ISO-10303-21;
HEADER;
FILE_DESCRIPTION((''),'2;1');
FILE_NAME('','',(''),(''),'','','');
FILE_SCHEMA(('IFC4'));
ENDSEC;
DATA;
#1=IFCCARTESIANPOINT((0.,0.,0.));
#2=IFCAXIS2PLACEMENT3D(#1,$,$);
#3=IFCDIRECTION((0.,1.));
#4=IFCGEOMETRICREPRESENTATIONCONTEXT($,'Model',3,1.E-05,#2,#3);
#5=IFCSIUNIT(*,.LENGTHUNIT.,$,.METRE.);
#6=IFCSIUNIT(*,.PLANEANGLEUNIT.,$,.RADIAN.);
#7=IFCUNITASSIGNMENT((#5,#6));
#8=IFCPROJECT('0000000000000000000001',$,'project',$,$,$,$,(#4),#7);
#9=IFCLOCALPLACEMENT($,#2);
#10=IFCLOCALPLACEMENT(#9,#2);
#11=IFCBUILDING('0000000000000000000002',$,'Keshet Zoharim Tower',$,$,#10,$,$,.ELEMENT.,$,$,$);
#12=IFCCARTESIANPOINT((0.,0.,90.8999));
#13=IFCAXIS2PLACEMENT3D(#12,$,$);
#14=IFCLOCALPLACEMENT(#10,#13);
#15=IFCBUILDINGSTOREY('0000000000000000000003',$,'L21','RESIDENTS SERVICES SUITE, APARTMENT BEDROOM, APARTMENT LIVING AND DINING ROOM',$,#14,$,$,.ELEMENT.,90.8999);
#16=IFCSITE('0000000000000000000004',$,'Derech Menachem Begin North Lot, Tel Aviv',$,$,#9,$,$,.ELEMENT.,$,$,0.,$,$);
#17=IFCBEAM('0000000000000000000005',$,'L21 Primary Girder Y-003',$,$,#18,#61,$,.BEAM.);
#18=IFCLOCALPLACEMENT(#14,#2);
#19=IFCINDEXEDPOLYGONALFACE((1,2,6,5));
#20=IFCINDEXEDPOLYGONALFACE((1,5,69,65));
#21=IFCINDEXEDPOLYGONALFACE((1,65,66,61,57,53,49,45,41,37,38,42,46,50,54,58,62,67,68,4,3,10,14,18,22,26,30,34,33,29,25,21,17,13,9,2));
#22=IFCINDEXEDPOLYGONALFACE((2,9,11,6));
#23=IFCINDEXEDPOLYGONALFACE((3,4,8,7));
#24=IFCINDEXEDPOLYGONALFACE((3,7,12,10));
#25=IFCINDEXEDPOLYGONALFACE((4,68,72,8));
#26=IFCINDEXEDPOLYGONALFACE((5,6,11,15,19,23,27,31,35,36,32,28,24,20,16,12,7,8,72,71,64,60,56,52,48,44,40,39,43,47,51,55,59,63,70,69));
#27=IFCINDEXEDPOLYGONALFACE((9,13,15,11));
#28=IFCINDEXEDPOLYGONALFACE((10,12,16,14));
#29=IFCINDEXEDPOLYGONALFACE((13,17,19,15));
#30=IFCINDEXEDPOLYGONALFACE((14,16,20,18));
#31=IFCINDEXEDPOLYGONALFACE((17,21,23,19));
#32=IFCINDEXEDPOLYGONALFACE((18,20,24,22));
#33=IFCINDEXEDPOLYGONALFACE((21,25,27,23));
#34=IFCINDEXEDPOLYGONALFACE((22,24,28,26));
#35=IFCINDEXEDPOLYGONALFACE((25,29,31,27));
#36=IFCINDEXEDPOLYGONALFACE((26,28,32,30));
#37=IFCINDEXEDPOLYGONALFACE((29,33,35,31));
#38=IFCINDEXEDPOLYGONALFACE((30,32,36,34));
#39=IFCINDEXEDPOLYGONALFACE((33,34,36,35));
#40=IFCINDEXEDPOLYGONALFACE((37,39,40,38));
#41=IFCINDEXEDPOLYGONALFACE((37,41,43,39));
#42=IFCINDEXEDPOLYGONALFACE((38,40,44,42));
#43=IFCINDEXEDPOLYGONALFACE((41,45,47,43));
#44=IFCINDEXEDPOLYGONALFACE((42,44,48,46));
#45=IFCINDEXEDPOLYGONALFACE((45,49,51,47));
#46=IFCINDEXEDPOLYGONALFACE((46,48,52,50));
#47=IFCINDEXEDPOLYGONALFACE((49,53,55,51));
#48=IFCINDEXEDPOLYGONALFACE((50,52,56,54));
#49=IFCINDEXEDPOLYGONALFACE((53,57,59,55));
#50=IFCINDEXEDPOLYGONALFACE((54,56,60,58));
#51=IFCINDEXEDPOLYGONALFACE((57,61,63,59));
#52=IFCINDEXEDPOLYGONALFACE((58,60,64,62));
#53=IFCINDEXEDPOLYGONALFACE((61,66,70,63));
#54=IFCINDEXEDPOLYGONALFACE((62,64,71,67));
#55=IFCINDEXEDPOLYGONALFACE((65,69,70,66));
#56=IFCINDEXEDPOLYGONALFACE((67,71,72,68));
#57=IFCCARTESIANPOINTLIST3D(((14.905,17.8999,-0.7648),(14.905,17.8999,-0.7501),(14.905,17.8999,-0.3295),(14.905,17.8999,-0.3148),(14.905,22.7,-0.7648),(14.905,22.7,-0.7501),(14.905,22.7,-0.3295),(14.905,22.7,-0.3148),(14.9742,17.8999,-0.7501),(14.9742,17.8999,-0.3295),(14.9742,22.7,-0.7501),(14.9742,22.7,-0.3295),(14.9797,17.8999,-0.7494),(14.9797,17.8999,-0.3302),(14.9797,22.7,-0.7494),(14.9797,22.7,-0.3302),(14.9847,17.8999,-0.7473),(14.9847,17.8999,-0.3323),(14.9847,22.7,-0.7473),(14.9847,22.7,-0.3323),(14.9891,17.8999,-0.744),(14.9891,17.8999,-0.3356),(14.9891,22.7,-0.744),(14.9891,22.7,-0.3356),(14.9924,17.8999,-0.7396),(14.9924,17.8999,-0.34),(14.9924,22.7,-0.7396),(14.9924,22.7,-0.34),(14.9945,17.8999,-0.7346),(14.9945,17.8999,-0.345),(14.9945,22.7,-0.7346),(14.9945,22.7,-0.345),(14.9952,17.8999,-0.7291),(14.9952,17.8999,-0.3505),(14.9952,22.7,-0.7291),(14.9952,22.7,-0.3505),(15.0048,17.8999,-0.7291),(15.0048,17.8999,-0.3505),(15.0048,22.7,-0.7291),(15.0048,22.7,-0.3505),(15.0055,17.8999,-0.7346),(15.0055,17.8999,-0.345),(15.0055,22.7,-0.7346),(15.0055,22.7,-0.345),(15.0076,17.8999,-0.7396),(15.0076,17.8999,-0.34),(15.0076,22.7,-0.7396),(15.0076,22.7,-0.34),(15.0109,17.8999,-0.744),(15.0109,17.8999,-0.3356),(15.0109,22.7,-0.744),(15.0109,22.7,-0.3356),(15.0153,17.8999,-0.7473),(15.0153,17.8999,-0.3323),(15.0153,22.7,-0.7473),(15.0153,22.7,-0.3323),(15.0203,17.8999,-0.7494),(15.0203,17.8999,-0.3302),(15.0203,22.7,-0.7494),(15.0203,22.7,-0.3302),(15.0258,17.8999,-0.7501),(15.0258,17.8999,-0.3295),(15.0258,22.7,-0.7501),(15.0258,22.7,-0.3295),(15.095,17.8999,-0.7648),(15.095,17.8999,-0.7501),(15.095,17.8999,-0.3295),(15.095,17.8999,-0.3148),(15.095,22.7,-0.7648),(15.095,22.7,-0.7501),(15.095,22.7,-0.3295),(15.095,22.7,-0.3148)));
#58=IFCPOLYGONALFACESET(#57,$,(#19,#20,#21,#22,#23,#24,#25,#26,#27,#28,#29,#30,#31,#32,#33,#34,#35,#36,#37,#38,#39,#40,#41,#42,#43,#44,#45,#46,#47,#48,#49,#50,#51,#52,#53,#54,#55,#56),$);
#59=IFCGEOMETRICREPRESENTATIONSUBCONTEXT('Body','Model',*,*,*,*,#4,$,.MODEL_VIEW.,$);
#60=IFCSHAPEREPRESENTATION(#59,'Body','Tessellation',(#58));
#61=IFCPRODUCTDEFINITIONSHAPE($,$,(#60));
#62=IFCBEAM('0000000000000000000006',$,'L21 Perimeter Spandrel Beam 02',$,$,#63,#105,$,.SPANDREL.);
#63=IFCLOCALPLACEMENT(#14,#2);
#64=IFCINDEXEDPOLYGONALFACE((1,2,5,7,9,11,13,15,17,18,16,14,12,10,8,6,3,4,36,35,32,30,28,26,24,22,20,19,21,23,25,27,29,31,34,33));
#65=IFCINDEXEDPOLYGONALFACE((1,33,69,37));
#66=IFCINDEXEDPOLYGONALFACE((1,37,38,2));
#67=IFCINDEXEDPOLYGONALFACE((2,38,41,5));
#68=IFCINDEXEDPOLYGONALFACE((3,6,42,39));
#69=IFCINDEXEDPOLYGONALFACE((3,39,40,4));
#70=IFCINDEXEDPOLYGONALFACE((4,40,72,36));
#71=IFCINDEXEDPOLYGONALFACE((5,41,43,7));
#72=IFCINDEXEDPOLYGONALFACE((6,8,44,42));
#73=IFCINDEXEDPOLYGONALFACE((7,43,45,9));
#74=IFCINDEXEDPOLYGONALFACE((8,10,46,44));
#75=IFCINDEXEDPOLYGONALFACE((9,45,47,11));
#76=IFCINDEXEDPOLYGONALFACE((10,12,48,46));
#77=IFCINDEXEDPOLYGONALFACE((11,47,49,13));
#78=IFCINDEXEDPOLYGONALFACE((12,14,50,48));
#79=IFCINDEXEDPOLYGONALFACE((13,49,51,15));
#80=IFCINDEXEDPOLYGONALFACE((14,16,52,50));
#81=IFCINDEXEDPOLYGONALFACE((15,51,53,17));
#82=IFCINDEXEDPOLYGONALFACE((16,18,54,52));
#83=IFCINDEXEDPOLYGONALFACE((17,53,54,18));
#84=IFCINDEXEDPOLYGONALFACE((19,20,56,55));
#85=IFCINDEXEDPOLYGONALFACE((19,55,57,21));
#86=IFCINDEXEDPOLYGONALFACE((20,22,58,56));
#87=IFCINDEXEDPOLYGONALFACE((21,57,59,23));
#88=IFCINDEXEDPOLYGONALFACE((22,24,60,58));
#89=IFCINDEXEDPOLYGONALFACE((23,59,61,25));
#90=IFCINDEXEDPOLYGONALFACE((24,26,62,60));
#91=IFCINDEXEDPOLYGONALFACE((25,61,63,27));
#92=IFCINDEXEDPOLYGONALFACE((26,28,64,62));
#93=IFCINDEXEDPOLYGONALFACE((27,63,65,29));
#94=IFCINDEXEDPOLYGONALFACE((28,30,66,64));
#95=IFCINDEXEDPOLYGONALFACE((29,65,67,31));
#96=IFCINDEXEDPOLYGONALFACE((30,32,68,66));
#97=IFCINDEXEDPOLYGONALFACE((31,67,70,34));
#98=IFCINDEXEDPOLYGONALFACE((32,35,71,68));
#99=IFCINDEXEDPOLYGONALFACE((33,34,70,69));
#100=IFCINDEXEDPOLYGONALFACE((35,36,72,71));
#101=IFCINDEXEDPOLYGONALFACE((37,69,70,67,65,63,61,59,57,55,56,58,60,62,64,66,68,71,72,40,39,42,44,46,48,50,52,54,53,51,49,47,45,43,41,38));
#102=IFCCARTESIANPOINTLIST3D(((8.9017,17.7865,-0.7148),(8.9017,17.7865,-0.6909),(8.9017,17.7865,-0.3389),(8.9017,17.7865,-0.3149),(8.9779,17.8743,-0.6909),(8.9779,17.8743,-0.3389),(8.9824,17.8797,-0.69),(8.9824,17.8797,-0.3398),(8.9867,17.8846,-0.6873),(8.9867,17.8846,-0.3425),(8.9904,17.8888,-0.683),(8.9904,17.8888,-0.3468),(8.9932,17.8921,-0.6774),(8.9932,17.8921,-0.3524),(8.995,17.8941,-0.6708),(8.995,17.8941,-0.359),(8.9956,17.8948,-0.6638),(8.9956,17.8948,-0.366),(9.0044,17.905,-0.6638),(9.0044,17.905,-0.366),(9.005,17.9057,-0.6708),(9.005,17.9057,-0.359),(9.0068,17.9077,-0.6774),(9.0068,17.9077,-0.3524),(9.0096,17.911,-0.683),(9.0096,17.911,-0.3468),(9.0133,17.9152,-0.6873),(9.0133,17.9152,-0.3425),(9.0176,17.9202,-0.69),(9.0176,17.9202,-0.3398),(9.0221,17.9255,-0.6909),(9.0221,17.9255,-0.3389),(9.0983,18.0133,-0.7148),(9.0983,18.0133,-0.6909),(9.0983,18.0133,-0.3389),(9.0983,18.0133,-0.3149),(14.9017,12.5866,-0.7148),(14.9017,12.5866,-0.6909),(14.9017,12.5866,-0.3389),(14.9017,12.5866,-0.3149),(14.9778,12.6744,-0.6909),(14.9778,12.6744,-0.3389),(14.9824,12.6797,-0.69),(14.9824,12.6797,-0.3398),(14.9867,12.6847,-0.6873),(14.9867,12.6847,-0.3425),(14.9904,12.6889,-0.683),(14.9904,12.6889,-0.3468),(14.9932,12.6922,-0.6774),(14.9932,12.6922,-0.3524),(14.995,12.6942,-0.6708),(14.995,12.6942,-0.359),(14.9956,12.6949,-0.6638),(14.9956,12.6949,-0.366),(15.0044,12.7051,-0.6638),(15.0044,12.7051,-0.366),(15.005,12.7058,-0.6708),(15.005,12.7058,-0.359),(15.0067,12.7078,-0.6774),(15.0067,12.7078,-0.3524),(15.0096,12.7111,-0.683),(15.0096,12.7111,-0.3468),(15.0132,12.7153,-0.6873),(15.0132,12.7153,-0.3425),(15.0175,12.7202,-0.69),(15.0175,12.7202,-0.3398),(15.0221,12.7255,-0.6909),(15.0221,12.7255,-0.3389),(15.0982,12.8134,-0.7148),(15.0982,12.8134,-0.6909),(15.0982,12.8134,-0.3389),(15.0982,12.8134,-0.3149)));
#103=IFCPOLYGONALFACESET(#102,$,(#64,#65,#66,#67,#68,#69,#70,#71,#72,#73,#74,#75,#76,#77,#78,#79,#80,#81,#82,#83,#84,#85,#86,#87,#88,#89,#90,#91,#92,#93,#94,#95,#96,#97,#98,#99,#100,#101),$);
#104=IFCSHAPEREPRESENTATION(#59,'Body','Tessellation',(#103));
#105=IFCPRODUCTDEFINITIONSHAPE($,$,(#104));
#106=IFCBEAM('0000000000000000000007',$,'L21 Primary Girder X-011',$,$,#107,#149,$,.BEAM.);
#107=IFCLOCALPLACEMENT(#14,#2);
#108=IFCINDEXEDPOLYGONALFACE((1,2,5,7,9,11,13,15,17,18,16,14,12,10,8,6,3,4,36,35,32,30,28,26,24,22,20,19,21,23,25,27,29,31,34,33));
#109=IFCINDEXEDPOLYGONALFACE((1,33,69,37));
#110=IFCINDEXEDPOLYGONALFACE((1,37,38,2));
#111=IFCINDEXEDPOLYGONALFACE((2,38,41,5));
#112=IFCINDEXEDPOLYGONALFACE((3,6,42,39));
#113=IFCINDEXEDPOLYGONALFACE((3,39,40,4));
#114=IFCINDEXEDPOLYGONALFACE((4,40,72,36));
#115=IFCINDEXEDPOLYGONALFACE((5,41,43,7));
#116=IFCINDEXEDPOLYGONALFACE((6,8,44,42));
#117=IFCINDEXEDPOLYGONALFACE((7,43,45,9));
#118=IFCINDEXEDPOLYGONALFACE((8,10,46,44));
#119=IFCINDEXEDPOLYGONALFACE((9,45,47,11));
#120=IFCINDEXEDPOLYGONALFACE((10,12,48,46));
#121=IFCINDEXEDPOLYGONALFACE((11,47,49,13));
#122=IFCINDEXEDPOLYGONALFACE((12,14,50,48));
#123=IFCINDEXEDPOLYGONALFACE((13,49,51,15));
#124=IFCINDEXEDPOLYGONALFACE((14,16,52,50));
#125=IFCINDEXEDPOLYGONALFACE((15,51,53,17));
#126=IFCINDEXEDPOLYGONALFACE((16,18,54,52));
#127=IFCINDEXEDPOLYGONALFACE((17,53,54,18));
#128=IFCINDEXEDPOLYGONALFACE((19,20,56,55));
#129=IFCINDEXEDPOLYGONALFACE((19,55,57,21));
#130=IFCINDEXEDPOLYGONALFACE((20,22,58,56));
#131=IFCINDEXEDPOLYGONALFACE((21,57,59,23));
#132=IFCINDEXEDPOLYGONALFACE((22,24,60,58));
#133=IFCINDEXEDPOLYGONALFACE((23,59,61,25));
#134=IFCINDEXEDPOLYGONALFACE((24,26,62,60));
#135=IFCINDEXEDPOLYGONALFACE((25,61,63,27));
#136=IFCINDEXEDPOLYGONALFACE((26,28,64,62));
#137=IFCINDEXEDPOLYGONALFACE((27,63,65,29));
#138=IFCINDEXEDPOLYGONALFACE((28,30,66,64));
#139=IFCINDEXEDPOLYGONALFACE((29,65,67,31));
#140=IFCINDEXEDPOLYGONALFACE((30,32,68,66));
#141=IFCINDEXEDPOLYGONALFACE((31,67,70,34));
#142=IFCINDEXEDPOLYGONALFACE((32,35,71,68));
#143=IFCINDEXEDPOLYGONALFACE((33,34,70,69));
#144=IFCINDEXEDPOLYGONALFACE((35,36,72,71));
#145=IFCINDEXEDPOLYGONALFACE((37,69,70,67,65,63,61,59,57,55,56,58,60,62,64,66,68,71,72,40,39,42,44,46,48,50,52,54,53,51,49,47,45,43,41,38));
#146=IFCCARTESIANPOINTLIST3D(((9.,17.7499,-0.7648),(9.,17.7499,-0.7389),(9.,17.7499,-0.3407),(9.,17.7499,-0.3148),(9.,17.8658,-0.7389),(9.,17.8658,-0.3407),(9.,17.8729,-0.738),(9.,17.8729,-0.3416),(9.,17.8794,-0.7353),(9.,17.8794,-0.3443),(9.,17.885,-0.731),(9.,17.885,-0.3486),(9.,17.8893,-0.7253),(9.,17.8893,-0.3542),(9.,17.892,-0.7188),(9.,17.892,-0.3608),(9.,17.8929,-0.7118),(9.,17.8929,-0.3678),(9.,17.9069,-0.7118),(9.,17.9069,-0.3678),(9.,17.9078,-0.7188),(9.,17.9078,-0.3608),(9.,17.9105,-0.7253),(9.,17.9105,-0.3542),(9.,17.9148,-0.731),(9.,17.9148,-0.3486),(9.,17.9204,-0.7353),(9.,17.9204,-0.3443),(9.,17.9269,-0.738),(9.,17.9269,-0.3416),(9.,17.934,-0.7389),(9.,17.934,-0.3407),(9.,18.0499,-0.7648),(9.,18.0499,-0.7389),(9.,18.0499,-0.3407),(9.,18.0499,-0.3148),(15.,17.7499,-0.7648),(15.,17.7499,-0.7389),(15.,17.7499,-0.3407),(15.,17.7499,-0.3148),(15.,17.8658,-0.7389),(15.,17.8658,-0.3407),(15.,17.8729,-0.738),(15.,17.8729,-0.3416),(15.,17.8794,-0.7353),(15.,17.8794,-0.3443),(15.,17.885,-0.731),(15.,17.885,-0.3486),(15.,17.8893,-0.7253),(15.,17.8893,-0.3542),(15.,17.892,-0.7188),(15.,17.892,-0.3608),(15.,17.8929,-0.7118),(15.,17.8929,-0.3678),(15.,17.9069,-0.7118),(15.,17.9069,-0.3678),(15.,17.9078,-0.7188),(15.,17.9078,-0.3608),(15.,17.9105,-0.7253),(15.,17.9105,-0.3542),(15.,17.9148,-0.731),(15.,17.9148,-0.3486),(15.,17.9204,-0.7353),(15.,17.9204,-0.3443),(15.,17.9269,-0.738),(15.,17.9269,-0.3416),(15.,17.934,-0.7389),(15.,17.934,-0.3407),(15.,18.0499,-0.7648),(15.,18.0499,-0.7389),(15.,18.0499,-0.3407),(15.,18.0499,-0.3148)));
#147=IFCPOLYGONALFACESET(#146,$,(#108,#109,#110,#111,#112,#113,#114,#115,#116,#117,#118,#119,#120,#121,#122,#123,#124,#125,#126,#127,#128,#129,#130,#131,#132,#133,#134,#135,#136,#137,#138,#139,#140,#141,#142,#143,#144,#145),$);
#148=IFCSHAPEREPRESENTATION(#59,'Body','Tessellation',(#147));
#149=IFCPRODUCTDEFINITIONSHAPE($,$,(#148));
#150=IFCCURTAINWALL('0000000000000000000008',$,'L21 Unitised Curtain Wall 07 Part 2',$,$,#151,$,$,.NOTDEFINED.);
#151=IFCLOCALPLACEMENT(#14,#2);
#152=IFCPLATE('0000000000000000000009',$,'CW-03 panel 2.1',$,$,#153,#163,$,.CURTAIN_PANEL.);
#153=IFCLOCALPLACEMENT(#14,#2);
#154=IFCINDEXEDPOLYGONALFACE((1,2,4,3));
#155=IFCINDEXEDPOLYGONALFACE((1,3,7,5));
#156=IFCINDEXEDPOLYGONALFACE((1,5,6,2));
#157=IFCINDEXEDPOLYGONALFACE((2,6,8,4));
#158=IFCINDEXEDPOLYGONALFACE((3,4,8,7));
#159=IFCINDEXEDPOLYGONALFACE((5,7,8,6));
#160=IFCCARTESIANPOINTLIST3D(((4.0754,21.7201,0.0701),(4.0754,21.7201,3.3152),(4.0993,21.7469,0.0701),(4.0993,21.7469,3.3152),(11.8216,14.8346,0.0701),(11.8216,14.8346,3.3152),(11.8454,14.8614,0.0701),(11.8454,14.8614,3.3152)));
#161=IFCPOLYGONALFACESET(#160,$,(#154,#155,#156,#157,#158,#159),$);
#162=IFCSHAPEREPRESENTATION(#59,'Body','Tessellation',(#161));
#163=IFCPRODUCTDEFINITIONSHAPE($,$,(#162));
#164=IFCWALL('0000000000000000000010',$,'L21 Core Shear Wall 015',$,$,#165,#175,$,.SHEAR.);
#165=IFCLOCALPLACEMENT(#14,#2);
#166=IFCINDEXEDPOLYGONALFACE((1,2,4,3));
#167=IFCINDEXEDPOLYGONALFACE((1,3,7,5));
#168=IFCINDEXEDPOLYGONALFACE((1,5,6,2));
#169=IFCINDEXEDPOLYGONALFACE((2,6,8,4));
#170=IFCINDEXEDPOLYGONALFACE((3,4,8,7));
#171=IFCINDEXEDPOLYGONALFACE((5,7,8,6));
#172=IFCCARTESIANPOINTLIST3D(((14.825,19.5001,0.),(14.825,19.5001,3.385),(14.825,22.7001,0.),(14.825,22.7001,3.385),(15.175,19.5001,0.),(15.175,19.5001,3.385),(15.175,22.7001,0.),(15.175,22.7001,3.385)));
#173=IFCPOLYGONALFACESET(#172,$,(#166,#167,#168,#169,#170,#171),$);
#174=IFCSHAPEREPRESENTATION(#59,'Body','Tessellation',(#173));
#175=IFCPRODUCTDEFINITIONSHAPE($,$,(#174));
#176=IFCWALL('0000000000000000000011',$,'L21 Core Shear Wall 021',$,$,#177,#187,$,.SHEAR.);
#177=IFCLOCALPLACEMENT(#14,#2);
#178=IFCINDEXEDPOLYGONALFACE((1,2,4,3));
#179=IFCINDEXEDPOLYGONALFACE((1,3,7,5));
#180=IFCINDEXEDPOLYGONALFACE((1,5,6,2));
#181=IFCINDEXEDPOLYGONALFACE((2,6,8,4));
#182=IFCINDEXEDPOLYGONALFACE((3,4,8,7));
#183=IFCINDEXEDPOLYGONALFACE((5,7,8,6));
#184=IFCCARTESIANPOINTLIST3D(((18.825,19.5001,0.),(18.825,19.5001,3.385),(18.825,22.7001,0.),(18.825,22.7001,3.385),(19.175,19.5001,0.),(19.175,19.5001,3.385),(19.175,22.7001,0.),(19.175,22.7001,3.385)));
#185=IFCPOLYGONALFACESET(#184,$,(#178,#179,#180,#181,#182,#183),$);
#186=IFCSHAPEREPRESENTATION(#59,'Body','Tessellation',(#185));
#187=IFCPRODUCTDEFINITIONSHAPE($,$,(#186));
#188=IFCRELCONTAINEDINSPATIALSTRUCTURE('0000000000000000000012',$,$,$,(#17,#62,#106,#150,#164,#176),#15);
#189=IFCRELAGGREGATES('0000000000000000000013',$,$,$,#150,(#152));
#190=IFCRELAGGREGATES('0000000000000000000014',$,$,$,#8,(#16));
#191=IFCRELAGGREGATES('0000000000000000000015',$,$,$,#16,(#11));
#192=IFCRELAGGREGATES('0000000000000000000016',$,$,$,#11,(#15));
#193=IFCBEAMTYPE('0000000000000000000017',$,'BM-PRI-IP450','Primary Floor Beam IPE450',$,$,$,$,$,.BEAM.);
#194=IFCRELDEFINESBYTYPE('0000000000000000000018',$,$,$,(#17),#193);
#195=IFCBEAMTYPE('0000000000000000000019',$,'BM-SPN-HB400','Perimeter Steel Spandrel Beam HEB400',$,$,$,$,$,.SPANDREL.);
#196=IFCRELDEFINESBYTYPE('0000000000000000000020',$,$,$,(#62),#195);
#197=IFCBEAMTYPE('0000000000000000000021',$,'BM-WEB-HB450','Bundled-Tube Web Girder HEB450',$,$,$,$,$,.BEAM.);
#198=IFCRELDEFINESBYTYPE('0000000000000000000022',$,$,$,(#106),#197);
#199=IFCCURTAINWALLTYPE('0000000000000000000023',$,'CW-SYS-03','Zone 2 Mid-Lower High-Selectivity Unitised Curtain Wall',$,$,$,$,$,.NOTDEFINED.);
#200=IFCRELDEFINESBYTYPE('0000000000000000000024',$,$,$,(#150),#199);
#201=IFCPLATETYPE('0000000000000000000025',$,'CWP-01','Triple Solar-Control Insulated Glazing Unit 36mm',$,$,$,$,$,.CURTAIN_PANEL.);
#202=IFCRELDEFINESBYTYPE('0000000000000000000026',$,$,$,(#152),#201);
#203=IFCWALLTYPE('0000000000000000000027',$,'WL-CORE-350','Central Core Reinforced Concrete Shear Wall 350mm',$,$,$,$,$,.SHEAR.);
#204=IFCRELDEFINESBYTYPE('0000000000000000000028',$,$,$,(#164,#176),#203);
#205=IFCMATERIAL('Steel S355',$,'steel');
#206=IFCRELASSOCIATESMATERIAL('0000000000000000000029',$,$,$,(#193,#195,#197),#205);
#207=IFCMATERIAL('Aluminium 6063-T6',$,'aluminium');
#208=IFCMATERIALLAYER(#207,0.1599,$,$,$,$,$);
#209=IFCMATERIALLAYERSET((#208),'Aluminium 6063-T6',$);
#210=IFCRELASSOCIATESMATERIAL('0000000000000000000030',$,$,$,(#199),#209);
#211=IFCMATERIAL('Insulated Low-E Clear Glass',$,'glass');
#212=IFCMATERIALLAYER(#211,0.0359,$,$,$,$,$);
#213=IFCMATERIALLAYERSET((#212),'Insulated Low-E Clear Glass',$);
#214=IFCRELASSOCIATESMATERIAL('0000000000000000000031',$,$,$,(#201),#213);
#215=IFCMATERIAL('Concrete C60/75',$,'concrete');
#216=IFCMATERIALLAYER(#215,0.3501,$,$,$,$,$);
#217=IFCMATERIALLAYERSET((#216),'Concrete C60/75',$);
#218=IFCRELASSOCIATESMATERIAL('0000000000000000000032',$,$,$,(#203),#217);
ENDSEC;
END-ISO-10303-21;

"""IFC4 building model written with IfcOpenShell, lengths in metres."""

from ifc_helpers import new_model, si_unit, direction, frame, frame_2d, origin, origin_2d, place, context, subcontext, project, spatial, rectangle, i_section, extrude, material, layer, layer_set, material_profile, profile_set, type_object, element, aggregate, save


model = new_model("IFC4")

# Units and contexts
model_context = context("Model", 3, precision=1e-05, world=origin(), true_north=direction((0.0, 1.0)))
body_context = subcontext(model_context, "Body", "Model", "MODEL_VIEW")
ifc_project = project(units=[si_unit("LENGTHUNIT", "METRE"), si_unit("PLANEANGLEUNIT", "RADIAN")], contexts=[model_context])

# Site, building, storey
site_placement = place(None, origin())
site = spatial("IfcSite", under=ifc_project, at=site_placement, Name="Derech Menachem Begin North Lot, Tel Aviv", CompositionType="ELEMENT", RefElevation=0.0)
building_placement = place(site_placement, origin())
building = spatial("IfcBuilding", under=site, at=building_placement, Name="Keshet Zoharim Tower", CompositionType="ELEMENT")
storey_placement = place(building_placement, frame((0.0, 0.0, 90.8999)))
storey = spatial("IfcBuildingStorey", under=building, at=storey_placement, Name="L21", Description="RESIDENTS SERVICES SUITE, APARTMENT BEDROOM, APARTMENT LIVING AND DINING ROOM", CompositionType="ELEMENT", Elevation=90.8999)

# Shared definitions
ifc_material_1 = material(Name="Steel S355", Category="steel")
ifc_material_2 = material(Name="Concrete C60/75", Category="concrete")

# Beams
ifc_material_profile_1 = material_profile(ifc_material_1, i_section(OverallWidth=0.1899, OverallDepth=0.45, WebThickness=0.0095, FlangeThickness=0.0146, FilletRadius=0.021, at=origin_2d()), Name="IPE450")
ifc_profile_set_1 = profile_set([ifc_material_profile_1], Name="Steel S355")
beam_type_1 = type_object("IfcBeamType", Name="BM-PRI-IP450", Description="Primary Floor Beam IPE450", PredefinedType="BEAM", material=ifc_profile_set_1)
beam_1_placement = place(storey_placement, frame((15.0, 17.8999, -0.5398), z_axis=(0.0, 1.0, 0.0), x_axis=(-1.0, 0.0, 0.0)))
element("IfcBeam", 1, at=beam_1_placement, inside=storey, type_object=beam_type_1, Name="L21 Primary Girder Y-003", PredefinedType="BEAM", context=body_context, shape_type="SweptSolid", body=[
    extrude(i_section(OverallWidth=0.1899, OverallDepth=0.45, WebThickness=0.0095, FlangeThickness=0.0146, FilletRadius=0.021, at=origin_2d()), origin(), (0.0, 0.0, 1.0), 4.8),
])
ifc_material_profile_2 = material_profile(ifc_material_1, i_section(OverallWidth=0.3, OverallDepth=0.3999, WebThickness=0.0134, FlangeThickness=0.0239, FilletRadius=0.0271, at=origin_2d()), Name="HEB400")
ifc_profile_set_2 = profile_set([ifc_material_profile_2], Name="Steel S355")
beam_type_2 = type_object("IfcBeamType", Name="BM-SPN-HB400", Description="Perimeter Steel Spandrel Beam HEB400", PredefinedType="SPANDREL", material=ifc_profile_set_2)
beam_2_placement = place(storey_placement, frame((9.0, 17.8999, -0.5149), z_axis=(0.755692, -0.654927, 0.0), x_axis=(0.654927, 0.755692, 0.0)))
element("IfcBeam", 2, at=beam_2_placement, inside=storey, type_object=beam_type_2, Name="L21 Perimeter Spandrel Beam 02", PredefinedType="SPANDREL", context=body_context, shape_type="SweptSolid", body=[
    extrude(i_section(OverallWidth=0.3, OverallDepth=0.3999, WebThickness=0.0134, FlangeThickness=0.0239, FilletRadius=0.0271, at=origin_2d()), origin(), (0.0, 0.0, 1.0), 7.9397),
])
ifc_material_profile_3 = material_profile(ifc_material_1, i_section(OverallWidth=0.3, OverallDepth=0.45, WebThickness=0.0139, FlangeThickness=0.0259, FilletRadius=0.0271, at=origin_2d()), Name="HEB450")
ifc_profile_set_3 = profile_set([ifc_material_profile_3], Name="Steel S355")
beam_type_3 = type_object("IfcBeamType", Name="BM-WEB-HB450", Description="Bundled-Tube Web Girder HEB450", PredefinedType="BEAM", material=ifc_profile_set_3)
beam_3_placement = place(storey_placement, frame((9.0, 17.8999, -0.5398), z_axis=(1.0, 0.0, 0.0), x_axis=(0.0, 1.0, 0.0)))
element("IfcBeam", 3, at=beam_3_placement, inside=storey, type_object=beam_type_3, Name="L21 Primary Girder X-011", PredefinedType="BEAM", context=body_context, shape_type="SweptSolid", body=[
    extrude(i_section(OverallWidth=0.3, OverallDepth=0.45, WebThickness=0.0139, FlangeThickness=0.0259, FilletRadius=0.0271, at=origin_2d()), origin(), (0.0, 0.0, 1.0), 6.0),
])

# Curtain wall, plate
ifc_material_3 = material(Name="Aluminium 6063-T6", Category="aluminium")
ifc_layer_1 = layer(ifc_material_3, 0.1599)
ifc_layer_set_1 = layer_set([ifc_layer_1], Name="Aluminium 6063-T6")
curtain_wall_type = type_object("IfcCurtainWallType", Name="CW-SYS-03", Description="Zone 2 Mid-Lower High-Selectivity Unitised Curtain Wall", PredefinedType="NOTDEFINED", material=ifc_layer_set_1)
curtain_wall_placement = place(storey_placement, origin())
curtain_wall = element("IfcCurtainWall", 4, at=curtain_wall_placement, inside=storey, type_object=curtain_wall_type, Name="L21 Unitised Curtain Wall 07 Part 2", PredefinedType="NOTDEFINED")
ifc_material_4 = material(Name="Insulated Low-E Clear Glass", Category="glass")
ifc_layer_2 = layer(ifc_material_4, 0.0359)
ifc_layer_set_2 = layer_set([ifc_layer_2], Name="Insulated Low-E Clear Glass")
plate_type = type_object("IfcPlateType", Name="CWP-01", Description="Triple Solar-Control Insulated Glazing Unit 36mm", PredefinedType="CURTAIN_PANEL", material=ifc_layer_set_2)
plate_placement = place(storey_placement, frame((7.9604, 18.2908, 0.0701), z_axis=(0.0, 0.0, 1.0), x_axis=(-0.747409, 0.664364, 0.0)))
plate = element("IfcPlate", 5, at=plate_placement, type_object=plate_type, Name="CW-03 panel 2.1", PredefinedType="CURTAIN_PANEL", context=body_context, shape_type="SweptSolid", body=[
    extrude(rectangle(XDim=10.364, YDim=0.0359, at=origin_2d()), origin(), (0.0, 0.0, 1.0), 3.2451),
])
aggregate(curtain_wall, [plate])

# Walls
ifc_layer_3 = layer(ifc_material_2, 0.3501)
ifc_layer_set_3 = layer_set([ifc_layer_3], Name="Concrete C60/75")
wall_type_1 = type_object("IfcWallType", Name="WL-CORE-350", Description="Central Core Reinforced Concrete Shear Wall 350mm", PredefinedType="SHEAR", material=ifc_layer_set_3)
for number, where, z_axis, x_axis, name in (
    (6, (15.0, 19.5, 0.0), (0.0, 0.0, 1.0), (0.0, 1.0, 0.0), "L21 Core Shear Wall 015"),
    (7, (19.0, 19.5, 0.0), (0.0, 0.0, 1.0), (0.0, 1.0, 0.0), "L21 Core Shear Wall 021"),
):
    element("IfcWall", number, at=place(storey_placement, frame(where, z_axis=z_axis, x_axis=x_axis)), inside=storey, type_object=wall_type_1, Name=name, PredefinedType="SHEAR", context=body_context, shape_type="SweptSolid", body=[
        extrude(rectangle(XDim=3.2, YDim=0.3501, at=frame_2d((1.6001, 0.0))), origin(), (0.0, 0.0, 1.0), 3.385),
    ])

save(model, "model.ifc")
